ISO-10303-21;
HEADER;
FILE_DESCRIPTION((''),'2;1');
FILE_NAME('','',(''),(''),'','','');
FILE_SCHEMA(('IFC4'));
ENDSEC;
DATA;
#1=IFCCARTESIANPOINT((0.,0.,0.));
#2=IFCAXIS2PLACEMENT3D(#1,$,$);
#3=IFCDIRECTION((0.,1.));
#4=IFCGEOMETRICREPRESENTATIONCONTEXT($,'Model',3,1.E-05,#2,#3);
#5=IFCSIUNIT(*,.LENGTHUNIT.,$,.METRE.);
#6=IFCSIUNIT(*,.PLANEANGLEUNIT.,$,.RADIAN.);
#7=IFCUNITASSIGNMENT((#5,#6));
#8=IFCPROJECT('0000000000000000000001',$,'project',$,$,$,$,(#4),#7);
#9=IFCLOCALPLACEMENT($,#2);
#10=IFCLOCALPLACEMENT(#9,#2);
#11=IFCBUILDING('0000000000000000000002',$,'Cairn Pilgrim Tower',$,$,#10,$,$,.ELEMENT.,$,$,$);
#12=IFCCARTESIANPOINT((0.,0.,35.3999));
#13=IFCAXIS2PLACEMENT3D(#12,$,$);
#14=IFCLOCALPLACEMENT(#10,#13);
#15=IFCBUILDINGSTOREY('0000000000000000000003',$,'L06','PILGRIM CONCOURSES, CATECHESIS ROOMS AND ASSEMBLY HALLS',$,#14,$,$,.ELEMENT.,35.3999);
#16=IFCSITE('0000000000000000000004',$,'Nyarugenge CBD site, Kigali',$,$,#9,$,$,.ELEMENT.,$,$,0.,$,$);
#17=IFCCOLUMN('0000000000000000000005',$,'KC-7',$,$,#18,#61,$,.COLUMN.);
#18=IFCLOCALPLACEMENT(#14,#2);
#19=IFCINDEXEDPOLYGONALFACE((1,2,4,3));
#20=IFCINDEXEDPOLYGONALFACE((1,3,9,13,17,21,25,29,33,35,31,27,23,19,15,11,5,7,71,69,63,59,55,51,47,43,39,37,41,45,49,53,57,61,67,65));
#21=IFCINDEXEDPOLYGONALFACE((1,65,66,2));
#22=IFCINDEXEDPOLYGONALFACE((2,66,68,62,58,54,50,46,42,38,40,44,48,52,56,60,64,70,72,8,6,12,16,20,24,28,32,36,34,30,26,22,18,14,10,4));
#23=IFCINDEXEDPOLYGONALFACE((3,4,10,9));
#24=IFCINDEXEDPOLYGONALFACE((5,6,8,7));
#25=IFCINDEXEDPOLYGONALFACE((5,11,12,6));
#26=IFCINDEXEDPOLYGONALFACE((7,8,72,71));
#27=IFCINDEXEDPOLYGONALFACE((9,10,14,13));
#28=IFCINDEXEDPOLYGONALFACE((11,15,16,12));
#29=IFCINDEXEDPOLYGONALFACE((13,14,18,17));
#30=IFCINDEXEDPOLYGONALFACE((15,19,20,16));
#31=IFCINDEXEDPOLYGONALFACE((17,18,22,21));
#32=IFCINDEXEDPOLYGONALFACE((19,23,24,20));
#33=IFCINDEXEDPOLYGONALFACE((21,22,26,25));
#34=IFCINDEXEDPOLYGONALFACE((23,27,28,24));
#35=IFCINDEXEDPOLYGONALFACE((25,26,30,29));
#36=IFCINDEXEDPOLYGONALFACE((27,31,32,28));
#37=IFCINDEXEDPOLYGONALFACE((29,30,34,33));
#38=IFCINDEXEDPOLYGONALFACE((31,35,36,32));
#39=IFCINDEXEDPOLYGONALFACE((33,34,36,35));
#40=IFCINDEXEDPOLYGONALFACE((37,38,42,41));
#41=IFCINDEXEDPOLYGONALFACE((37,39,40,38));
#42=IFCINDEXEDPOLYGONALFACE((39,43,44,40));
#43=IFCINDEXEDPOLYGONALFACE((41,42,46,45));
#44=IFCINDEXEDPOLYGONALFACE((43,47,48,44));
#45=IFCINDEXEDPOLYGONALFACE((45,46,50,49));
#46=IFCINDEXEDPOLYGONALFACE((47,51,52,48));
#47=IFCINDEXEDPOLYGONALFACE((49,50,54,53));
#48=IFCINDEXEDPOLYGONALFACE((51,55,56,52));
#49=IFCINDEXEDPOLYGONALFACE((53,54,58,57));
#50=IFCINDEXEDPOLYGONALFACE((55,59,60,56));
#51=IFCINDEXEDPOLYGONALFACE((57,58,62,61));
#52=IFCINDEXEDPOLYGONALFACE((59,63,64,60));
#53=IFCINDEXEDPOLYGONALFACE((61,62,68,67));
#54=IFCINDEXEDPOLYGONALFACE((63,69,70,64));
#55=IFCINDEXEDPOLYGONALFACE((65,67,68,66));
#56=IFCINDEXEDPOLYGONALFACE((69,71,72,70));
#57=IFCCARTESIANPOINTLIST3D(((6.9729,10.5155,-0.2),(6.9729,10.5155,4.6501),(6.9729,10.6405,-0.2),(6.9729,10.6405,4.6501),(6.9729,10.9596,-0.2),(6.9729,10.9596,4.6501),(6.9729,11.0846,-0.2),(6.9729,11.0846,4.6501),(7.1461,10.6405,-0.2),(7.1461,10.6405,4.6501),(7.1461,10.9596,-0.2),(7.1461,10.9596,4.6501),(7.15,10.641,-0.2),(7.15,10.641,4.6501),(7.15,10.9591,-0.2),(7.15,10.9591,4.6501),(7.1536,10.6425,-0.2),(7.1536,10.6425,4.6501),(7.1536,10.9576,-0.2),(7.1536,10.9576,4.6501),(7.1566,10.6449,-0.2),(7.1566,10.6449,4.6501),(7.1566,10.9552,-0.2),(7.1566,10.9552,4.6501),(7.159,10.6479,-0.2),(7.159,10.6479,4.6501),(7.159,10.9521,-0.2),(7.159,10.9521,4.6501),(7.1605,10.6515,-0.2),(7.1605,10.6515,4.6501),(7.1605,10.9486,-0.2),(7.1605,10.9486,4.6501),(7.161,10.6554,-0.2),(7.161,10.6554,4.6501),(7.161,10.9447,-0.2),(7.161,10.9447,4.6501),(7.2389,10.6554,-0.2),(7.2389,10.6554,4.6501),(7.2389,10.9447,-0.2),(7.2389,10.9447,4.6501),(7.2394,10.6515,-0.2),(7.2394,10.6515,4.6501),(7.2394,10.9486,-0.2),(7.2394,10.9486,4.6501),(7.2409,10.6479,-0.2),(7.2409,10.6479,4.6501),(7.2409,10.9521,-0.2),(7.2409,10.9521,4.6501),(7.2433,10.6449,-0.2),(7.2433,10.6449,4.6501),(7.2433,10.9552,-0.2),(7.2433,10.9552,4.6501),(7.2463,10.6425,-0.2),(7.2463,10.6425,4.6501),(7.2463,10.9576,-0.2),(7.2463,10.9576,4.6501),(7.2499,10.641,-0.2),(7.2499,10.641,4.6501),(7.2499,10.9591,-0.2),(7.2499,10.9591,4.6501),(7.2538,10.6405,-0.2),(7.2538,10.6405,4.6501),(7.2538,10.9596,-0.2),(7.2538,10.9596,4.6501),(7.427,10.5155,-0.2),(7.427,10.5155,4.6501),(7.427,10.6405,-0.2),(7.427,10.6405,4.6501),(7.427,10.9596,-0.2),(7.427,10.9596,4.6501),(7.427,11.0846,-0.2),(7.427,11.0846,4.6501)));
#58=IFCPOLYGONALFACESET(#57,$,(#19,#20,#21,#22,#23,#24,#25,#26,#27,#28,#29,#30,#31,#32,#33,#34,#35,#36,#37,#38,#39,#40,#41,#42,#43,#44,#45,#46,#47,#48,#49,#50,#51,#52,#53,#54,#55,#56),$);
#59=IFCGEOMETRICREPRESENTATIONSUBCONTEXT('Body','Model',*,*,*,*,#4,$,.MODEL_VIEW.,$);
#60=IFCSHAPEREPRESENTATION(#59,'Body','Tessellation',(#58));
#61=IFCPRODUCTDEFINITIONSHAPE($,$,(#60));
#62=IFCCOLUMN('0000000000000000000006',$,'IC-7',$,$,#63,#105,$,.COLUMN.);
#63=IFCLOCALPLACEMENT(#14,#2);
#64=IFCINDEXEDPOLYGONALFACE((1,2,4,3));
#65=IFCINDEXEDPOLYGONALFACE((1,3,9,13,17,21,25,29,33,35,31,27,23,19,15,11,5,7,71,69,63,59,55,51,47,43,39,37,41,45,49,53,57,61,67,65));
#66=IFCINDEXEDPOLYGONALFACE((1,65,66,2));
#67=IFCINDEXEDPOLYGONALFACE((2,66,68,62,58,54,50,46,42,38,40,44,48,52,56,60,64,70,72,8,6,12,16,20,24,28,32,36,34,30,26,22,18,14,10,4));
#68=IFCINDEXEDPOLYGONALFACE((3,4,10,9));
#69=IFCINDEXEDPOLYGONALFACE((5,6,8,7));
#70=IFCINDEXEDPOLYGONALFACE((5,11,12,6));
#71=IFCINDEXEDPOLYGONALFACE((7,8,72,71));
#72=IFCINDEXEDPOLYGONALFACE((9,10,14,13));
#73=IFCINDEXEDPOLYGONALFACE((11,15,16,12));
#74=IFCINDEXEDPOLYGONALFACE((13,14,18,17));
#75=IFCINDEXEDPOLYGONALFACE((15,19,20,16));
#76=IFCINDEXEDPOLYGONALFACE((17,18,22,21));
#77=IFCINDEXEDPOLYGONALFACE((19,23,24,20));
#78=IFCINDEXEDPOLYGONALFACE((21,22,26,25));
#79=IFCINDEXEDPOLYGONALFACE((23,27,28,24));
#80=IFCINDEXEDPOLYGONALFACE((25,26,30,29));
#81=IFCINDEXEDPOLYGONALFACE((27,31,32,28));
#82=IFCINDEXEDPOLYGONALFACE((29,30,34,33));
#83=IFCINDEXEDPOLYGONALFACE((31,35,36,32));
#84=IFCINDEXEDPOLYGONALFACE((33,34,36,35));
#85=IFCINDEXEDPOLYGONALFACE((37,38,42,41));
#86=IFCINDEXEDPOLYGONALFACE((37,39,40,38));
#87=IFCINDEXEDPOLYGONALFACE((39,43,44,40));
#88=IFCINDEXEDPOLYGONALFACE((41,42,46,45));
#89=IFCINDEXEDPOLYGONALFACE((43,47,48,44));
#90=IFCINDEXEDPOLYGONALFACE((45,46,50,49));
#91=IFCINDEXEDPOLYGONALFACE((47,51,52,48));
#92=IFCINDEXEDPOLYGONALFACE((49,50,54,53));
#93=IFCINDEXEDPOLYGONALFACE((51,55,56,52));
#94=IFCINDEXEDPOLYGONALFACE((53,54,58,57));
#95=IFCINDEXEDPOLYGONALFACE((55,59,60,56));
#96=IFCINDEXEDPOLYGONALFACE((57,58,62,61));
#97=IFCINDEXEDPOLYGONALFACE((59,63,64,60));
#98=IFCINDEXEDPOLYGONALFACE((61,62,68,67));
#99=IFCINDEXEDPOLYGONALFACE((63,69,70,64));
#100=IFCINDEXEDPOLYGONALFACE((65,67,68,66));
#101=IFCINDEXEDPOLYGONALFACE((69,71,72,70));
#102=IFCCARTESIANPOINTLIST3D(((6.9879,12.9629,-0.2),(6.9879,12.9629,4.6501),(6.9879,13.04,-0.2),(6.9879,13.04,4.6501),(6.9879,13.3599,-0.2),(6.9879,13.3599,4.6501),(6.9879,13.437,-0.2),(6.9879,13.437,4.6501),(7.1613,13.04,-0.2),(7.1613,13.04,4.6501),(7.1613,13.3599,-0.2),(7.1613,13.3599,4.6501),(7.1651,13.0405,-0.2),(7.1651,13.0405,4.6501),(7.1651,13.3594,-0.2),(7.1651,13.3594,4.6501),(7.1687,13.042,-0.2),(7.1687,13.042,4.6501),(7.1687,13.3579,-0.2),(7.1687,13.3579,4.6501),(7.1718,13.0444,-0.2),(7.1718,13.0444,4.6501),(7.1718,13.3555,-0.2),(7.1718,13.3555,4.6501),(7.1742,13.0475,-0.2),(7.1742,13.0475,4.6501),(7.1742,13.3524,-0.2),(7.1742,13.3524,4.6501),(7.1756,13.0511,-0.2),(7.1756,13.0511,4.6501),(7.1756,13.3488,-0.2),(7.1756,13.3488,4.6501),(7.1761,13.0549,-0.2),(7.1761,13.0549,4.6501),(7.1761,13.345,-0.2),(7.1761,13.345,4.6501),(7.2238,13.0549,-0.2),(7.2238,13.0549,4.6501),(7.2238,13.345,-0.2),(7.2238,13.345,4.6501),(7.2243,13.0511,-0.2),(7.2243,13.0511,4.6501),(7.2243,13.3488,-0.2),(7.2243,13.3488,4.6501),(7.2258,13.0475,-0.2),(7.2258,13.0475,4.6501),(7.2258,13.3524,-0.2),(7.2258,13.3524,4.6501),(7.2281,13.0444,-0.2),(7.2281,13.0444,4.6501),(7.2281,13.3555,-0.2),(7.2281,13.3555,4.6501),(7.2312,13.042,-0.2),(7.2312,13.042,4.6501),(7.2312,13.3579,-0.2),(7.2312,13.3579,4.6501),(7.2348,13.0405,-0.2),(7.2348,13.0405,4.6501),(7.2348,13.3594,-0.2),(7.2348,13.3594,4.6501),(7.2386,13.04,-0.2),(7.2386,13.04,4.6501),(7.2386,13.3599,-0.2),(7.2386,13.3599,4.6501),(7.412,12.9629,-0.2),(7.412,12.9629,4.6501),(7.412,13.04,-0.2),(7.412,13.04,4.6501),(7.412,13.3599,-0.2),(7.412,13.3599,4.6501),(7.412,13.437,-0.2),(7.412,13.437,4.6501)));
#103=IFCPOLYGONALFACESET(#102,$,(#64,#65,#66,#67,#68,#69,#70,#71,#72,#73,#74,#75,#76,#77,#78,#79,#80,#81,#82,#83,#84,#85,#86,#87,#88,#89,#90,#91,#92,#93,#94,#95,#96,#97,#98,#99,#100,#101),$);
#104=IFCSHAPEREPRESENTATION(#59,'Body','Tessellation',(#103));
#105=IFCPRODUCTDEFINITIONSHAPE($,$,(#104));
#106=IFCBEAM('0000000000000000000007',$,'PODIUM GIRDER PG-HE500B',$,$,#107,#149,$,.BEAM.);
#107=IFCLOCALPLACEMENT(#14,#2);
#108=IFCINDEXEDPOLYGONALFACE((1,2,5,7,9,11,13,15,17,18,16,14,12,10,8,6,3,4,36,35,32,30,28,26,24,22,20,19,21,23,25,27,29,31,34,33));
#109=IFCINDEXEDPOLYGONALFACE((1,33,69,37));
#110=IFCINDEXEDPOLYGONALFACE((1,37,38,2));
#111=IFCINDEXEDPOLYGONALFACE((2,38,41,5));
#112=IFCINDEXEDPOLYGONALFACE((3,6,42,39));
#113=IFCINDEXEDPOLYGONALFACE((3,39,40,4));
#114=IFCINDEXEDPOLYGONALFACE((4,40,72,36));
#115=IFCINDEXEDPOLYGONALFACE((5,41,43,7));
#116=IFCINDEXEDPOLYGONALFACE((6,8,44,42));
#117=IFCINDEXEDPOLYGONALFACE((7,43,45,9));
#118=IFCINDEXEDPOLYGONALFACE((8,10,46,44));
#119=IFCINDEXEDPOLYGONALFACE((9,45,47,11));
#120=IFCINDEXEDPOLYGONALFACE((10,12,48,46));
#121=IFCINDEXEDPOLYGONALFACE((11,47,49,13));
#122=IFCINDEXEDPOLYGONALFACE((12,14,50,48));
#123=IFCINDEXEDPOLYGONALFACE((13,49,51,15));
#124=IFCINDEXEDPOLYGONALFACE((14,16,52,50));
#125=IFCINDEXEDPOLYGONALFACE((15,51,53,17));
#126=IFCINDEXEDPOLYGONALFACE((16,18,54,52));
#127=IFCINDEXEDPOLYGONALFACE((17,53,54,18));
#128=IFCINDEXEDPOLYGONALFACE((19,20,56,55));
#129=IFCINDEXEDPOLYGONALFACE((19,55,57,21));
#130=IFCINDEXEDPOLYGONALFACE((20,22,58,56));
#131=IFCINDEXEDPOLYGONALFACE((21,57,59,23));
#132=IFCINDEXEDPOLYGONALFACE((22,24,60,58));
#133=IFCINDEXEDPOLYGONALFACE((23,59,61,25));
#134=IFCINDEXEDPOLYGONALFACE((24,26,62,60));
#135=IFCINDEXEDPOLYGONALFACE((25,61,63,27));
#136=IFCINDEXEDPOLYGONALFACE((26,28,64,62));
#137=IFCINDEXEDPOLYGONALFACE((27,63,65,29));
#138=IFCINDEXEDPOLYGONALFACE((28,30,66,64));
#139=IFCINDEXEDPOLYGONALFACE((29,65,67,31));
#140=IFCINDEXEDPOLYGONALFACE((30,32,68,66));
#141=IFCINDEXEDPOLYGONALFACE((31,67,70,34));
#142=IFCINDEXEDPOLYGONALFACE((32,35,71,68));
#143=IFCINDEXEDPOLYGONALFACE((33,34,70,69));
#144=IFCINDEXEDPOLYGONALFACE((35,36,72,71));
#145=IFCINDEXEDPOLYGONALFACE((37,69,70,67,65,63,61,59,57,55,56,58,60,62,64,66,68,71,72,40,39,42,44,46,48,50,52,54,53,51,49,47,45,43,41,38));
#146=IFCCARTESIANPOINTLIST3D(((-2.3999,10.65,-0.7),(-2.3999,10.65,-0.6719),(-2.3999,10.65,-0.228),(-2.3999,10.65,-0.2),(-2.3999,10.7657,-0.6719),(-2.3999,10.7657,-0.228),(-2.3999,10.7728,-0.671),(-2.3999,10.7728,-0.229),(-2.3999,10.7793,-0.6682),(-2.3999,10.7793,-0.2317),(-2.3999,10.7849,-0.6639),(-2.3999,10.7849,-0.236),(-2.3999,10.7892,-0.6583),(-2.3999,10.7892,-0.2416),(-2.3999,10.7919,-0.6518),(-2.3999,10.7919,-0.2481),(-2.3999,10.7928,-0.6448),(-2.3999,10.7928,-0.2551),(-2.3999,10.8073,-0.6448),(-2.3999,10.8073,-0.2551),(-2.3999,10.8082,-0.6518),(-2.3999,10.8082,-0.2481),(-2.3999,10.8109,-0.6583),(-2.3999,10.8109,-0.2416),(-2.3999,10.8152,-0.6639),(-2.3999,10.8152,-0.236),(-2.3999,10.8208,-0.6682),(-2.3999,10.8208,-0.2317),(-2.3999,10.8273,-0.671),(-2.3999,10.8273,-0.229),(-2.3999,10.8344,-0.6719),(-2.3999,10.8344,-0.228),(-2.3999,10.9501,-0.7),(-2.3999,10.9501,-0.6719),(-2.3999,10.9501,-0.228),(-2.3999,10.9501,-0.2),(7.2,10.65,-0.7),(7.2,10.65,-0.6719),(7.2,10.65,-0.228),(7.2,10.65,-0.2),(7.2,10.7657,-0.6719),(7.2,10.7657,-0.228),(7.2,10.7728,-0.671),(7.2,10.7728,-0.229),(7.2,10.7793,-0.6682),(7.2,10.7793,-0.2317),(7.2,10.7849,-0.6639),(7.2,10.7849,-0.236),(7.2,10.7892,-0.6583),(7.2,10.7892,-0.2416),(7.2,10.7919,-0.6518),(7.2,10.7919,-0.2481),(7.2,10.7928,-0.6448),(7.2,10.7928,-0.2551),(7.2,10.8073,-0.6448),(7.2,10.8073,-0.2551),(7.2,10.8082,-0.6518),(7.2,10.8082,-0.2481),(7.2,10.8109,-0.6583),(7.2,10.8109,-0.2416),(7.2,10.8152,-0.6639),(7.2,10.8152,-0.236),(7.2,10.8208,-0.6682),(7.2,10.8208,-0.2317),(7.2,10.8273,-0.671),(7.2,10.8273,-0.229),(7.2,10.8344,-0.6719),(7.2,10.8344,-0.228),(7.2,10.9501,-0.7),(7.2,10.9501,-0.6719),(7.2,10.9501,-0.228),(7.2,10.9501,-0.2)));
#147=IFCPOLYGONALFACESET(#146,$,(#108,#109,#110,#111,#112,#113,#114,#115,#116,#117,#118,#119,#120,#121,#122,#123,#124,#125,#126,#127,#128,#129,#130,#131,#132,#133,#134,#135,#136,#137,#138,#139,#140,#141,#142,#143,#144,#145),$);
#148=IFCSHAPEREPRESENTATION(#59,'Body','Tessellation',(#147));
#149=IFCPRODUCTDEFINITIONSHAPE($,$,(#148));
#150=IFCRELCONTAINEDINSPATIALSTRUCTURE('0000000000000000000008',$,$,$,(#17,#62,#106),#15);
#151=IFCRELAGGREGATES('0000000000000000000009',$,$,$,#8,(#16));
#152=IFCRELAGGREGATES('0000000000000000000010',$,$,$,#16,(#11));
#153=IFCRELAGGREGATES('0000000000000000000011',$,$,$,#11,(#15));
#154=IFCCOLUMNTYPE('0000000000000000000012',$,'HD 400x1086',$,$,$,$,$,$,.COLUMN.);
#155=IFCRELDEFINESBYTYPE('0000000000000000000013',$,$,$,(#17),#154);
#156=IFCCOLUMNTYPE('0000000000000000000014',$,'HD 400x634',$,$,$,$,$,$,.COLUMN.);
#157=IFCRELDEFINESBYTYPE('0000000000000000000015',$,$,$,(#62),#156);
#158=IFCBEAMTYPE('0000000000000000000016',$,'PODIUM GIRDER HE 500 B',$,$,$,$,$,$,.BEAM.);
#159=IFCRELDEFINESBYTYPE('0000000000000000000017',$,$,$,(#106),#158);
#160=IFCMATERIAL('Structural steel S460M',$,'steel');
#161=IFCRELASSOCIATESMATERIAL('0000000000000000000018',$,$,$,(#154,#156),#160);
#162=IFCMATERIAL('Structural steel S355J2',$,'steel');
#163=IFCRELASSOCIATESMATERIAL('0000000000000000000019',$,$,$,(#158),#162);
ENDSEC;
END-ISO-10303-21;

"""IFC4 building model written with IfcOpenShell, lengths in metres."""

from ifc_helpers import new_model, si_unit, direction, frame, origin, origin_2d, place, context, subcontext, project, spatial, i_section, extrude, material, material_profile, profile_set, type_object, element, save


model = new_model("IFC4")

# Units and contexts
model_context = context("Model", 3, precision=1e-05, world=origin(), true_north=direction((0.0, 1.0)))
body_context = subcontext(model_context, "Body", "Model", "MODEL_VIEW")
ifc_project = project(units=[si_unit("LENGTHUNIT", "METRE"), si_unit("PLANEANGLEUNIT", "RADIAN")], contexts=[model_context])

# Site, building, storey
site_placement = place(None, origin())
site = spatial("IfcSite", under=ifc_project, at=site_placement, Name="Nyarugenge CBD site, Kigali", CompositionType="ELEMENT", RefElevation=0.0)
building_placement = place(site_placement, origin())
building = spatial("IfcBuilding", under=site, at=building_placement, Name="Cairn Pilgrim Tower", CompositionType="ELEMENT")
storey_placement = place(building_placement, frame((0.0, 0.0, 35.3999)))
storey = spatial("IfcBuildingStorey", under=building, at=storey_placement, Name="L06", Description="PILGRIM CONCOURSES, CATECHESIS ROOMS AND ASSEMBLY HALLS", CompositionType="ELEMENT", Elevation=35.3999)

# Columns
ifc_material_1 = material(Name="Structural steel S460M", Category="steel")
ifc_material_profile_1 = material_profile(ifc_material_1, i_section(OverallWidth=0.4541, OverallDepth=0.5691, WebThickness=0.0779, FlangeThickness=0.125, FilletRadius=0.0149, at=origin_2d()), Name="HD 400x1086")
ifc_profile_set_1 = profile_set([ifc_material_profile_1], Name="Structural steel S460M")
column_type_1 = type_object("IfcColumnType", Name="HD 400x1086", PredefinedType="COLUMN", material=ifc_profile_set_1)
column_1_placement = place(storey_placement, frame((7.2, 10.8, -0.2), z_axis=(0.0, 0.0, 1.0), x_axis=(1.0, 0.0, 0.0)))
element("IfcColumn", 1, at=column_1_placement, inside=storey, type_object=column_type_1, Name="KC-7", PredefinedType="COLUMN", context=body_context, shape_type="SweptSolid", body=[
    extrude(i_section(OverallWidth=0.4541, OverallDepth=0.5691, WebThickness=0.0779, FlangeThickness=0.125, FilletRadius=0.0149, at=origin_2d()), origin(), (0.0, 0.0, 1.0), 4.8501),
])
ifc_material_profile_2 = material_profile(ifc_material_1, i_section(OverallWidth=0.4241, OverallDepth=0.4741, WebThickness=0.0476, FlangeThickness=0.0771, FilletRadius=0.0149, at=origin_2d()), Name="HD 400x634")
ifc_profile_set_2 = profile_set([ifc_material_profile_2], Name="Structural steel S460M")
column_type_2 = type_object("IfcColumnType", Name="HD 400x634", PredefinedType="COLUMN", material=ifc_profile_set_2)
column_2_placement = place(storey_placement, frame((7.2, 13.2, -0.2), z_axis=(0.0, 0.0, 1.0), x_axis=(1.0, 0.0, 0.0)))
element("IfcColumn", 2, at=column_2_placement, inside=storey, type_object=column_type_2, Name="IC-7", PredefinedType="COLUMN", context=body_context, shape_type="SweptSolid", body=[
    extrude(i_section(OverallWidth=0.4241, OverallDepth=0.4741, WebThickness=0.0476, FlangeThickness=0.0771, FilletRadius=0.0149, at=origin_2d()), origin(), (0.0, 0.0, 1.0), 4.8501),
])

# Beam
ifc_material_2 = material(Name="Structural steel S355J2", Category="steel")
ifc_material_profile_3 = material_profile(ifc_material_2, i_section(OverallWidth=0.3, OverallDepth=0.5, WebThickness=0.0144, FlangeThickness=0.0281, FilletRadius=0.0271, at=origin_2d()), Name="HEB 500")
ifc_profile_set_3 = profile_set([ifc_material_profile_3], Name="Structural steel S355J2")
beam_type_1 = type_object("IfcBeamType", Name="PODIUM GIRDER HE 500 B", PredefinedType="BEAM", material=ifc_profile_set_3)
beam_1_placement = place(storey_placement, frame((7.2, 10.8, -0.45), z_axis=(-1.0, 0.0, 0.0), x_axis=(0.0, -1.0, 0.0)))
element("IfcBeam", 3, at=beam_1_placement, inside=storey, type_object=beam_type_1, Name="PODIUM GIRDER PG-HE500B", PredefinedType="BEAM", context=body_context, shape_type="SweptSolid", body=[
    extrude(i_section(OverallWidth=0.3, OverallDepth=0.5, WebThickness=0.0144, FlangeThickness=0.0281, FilletRadius=0.0271, at=origin_2d()), origin(), (0.0, 0.0, 1.0), 9.5999),
])

save(model, "model.ifc")
